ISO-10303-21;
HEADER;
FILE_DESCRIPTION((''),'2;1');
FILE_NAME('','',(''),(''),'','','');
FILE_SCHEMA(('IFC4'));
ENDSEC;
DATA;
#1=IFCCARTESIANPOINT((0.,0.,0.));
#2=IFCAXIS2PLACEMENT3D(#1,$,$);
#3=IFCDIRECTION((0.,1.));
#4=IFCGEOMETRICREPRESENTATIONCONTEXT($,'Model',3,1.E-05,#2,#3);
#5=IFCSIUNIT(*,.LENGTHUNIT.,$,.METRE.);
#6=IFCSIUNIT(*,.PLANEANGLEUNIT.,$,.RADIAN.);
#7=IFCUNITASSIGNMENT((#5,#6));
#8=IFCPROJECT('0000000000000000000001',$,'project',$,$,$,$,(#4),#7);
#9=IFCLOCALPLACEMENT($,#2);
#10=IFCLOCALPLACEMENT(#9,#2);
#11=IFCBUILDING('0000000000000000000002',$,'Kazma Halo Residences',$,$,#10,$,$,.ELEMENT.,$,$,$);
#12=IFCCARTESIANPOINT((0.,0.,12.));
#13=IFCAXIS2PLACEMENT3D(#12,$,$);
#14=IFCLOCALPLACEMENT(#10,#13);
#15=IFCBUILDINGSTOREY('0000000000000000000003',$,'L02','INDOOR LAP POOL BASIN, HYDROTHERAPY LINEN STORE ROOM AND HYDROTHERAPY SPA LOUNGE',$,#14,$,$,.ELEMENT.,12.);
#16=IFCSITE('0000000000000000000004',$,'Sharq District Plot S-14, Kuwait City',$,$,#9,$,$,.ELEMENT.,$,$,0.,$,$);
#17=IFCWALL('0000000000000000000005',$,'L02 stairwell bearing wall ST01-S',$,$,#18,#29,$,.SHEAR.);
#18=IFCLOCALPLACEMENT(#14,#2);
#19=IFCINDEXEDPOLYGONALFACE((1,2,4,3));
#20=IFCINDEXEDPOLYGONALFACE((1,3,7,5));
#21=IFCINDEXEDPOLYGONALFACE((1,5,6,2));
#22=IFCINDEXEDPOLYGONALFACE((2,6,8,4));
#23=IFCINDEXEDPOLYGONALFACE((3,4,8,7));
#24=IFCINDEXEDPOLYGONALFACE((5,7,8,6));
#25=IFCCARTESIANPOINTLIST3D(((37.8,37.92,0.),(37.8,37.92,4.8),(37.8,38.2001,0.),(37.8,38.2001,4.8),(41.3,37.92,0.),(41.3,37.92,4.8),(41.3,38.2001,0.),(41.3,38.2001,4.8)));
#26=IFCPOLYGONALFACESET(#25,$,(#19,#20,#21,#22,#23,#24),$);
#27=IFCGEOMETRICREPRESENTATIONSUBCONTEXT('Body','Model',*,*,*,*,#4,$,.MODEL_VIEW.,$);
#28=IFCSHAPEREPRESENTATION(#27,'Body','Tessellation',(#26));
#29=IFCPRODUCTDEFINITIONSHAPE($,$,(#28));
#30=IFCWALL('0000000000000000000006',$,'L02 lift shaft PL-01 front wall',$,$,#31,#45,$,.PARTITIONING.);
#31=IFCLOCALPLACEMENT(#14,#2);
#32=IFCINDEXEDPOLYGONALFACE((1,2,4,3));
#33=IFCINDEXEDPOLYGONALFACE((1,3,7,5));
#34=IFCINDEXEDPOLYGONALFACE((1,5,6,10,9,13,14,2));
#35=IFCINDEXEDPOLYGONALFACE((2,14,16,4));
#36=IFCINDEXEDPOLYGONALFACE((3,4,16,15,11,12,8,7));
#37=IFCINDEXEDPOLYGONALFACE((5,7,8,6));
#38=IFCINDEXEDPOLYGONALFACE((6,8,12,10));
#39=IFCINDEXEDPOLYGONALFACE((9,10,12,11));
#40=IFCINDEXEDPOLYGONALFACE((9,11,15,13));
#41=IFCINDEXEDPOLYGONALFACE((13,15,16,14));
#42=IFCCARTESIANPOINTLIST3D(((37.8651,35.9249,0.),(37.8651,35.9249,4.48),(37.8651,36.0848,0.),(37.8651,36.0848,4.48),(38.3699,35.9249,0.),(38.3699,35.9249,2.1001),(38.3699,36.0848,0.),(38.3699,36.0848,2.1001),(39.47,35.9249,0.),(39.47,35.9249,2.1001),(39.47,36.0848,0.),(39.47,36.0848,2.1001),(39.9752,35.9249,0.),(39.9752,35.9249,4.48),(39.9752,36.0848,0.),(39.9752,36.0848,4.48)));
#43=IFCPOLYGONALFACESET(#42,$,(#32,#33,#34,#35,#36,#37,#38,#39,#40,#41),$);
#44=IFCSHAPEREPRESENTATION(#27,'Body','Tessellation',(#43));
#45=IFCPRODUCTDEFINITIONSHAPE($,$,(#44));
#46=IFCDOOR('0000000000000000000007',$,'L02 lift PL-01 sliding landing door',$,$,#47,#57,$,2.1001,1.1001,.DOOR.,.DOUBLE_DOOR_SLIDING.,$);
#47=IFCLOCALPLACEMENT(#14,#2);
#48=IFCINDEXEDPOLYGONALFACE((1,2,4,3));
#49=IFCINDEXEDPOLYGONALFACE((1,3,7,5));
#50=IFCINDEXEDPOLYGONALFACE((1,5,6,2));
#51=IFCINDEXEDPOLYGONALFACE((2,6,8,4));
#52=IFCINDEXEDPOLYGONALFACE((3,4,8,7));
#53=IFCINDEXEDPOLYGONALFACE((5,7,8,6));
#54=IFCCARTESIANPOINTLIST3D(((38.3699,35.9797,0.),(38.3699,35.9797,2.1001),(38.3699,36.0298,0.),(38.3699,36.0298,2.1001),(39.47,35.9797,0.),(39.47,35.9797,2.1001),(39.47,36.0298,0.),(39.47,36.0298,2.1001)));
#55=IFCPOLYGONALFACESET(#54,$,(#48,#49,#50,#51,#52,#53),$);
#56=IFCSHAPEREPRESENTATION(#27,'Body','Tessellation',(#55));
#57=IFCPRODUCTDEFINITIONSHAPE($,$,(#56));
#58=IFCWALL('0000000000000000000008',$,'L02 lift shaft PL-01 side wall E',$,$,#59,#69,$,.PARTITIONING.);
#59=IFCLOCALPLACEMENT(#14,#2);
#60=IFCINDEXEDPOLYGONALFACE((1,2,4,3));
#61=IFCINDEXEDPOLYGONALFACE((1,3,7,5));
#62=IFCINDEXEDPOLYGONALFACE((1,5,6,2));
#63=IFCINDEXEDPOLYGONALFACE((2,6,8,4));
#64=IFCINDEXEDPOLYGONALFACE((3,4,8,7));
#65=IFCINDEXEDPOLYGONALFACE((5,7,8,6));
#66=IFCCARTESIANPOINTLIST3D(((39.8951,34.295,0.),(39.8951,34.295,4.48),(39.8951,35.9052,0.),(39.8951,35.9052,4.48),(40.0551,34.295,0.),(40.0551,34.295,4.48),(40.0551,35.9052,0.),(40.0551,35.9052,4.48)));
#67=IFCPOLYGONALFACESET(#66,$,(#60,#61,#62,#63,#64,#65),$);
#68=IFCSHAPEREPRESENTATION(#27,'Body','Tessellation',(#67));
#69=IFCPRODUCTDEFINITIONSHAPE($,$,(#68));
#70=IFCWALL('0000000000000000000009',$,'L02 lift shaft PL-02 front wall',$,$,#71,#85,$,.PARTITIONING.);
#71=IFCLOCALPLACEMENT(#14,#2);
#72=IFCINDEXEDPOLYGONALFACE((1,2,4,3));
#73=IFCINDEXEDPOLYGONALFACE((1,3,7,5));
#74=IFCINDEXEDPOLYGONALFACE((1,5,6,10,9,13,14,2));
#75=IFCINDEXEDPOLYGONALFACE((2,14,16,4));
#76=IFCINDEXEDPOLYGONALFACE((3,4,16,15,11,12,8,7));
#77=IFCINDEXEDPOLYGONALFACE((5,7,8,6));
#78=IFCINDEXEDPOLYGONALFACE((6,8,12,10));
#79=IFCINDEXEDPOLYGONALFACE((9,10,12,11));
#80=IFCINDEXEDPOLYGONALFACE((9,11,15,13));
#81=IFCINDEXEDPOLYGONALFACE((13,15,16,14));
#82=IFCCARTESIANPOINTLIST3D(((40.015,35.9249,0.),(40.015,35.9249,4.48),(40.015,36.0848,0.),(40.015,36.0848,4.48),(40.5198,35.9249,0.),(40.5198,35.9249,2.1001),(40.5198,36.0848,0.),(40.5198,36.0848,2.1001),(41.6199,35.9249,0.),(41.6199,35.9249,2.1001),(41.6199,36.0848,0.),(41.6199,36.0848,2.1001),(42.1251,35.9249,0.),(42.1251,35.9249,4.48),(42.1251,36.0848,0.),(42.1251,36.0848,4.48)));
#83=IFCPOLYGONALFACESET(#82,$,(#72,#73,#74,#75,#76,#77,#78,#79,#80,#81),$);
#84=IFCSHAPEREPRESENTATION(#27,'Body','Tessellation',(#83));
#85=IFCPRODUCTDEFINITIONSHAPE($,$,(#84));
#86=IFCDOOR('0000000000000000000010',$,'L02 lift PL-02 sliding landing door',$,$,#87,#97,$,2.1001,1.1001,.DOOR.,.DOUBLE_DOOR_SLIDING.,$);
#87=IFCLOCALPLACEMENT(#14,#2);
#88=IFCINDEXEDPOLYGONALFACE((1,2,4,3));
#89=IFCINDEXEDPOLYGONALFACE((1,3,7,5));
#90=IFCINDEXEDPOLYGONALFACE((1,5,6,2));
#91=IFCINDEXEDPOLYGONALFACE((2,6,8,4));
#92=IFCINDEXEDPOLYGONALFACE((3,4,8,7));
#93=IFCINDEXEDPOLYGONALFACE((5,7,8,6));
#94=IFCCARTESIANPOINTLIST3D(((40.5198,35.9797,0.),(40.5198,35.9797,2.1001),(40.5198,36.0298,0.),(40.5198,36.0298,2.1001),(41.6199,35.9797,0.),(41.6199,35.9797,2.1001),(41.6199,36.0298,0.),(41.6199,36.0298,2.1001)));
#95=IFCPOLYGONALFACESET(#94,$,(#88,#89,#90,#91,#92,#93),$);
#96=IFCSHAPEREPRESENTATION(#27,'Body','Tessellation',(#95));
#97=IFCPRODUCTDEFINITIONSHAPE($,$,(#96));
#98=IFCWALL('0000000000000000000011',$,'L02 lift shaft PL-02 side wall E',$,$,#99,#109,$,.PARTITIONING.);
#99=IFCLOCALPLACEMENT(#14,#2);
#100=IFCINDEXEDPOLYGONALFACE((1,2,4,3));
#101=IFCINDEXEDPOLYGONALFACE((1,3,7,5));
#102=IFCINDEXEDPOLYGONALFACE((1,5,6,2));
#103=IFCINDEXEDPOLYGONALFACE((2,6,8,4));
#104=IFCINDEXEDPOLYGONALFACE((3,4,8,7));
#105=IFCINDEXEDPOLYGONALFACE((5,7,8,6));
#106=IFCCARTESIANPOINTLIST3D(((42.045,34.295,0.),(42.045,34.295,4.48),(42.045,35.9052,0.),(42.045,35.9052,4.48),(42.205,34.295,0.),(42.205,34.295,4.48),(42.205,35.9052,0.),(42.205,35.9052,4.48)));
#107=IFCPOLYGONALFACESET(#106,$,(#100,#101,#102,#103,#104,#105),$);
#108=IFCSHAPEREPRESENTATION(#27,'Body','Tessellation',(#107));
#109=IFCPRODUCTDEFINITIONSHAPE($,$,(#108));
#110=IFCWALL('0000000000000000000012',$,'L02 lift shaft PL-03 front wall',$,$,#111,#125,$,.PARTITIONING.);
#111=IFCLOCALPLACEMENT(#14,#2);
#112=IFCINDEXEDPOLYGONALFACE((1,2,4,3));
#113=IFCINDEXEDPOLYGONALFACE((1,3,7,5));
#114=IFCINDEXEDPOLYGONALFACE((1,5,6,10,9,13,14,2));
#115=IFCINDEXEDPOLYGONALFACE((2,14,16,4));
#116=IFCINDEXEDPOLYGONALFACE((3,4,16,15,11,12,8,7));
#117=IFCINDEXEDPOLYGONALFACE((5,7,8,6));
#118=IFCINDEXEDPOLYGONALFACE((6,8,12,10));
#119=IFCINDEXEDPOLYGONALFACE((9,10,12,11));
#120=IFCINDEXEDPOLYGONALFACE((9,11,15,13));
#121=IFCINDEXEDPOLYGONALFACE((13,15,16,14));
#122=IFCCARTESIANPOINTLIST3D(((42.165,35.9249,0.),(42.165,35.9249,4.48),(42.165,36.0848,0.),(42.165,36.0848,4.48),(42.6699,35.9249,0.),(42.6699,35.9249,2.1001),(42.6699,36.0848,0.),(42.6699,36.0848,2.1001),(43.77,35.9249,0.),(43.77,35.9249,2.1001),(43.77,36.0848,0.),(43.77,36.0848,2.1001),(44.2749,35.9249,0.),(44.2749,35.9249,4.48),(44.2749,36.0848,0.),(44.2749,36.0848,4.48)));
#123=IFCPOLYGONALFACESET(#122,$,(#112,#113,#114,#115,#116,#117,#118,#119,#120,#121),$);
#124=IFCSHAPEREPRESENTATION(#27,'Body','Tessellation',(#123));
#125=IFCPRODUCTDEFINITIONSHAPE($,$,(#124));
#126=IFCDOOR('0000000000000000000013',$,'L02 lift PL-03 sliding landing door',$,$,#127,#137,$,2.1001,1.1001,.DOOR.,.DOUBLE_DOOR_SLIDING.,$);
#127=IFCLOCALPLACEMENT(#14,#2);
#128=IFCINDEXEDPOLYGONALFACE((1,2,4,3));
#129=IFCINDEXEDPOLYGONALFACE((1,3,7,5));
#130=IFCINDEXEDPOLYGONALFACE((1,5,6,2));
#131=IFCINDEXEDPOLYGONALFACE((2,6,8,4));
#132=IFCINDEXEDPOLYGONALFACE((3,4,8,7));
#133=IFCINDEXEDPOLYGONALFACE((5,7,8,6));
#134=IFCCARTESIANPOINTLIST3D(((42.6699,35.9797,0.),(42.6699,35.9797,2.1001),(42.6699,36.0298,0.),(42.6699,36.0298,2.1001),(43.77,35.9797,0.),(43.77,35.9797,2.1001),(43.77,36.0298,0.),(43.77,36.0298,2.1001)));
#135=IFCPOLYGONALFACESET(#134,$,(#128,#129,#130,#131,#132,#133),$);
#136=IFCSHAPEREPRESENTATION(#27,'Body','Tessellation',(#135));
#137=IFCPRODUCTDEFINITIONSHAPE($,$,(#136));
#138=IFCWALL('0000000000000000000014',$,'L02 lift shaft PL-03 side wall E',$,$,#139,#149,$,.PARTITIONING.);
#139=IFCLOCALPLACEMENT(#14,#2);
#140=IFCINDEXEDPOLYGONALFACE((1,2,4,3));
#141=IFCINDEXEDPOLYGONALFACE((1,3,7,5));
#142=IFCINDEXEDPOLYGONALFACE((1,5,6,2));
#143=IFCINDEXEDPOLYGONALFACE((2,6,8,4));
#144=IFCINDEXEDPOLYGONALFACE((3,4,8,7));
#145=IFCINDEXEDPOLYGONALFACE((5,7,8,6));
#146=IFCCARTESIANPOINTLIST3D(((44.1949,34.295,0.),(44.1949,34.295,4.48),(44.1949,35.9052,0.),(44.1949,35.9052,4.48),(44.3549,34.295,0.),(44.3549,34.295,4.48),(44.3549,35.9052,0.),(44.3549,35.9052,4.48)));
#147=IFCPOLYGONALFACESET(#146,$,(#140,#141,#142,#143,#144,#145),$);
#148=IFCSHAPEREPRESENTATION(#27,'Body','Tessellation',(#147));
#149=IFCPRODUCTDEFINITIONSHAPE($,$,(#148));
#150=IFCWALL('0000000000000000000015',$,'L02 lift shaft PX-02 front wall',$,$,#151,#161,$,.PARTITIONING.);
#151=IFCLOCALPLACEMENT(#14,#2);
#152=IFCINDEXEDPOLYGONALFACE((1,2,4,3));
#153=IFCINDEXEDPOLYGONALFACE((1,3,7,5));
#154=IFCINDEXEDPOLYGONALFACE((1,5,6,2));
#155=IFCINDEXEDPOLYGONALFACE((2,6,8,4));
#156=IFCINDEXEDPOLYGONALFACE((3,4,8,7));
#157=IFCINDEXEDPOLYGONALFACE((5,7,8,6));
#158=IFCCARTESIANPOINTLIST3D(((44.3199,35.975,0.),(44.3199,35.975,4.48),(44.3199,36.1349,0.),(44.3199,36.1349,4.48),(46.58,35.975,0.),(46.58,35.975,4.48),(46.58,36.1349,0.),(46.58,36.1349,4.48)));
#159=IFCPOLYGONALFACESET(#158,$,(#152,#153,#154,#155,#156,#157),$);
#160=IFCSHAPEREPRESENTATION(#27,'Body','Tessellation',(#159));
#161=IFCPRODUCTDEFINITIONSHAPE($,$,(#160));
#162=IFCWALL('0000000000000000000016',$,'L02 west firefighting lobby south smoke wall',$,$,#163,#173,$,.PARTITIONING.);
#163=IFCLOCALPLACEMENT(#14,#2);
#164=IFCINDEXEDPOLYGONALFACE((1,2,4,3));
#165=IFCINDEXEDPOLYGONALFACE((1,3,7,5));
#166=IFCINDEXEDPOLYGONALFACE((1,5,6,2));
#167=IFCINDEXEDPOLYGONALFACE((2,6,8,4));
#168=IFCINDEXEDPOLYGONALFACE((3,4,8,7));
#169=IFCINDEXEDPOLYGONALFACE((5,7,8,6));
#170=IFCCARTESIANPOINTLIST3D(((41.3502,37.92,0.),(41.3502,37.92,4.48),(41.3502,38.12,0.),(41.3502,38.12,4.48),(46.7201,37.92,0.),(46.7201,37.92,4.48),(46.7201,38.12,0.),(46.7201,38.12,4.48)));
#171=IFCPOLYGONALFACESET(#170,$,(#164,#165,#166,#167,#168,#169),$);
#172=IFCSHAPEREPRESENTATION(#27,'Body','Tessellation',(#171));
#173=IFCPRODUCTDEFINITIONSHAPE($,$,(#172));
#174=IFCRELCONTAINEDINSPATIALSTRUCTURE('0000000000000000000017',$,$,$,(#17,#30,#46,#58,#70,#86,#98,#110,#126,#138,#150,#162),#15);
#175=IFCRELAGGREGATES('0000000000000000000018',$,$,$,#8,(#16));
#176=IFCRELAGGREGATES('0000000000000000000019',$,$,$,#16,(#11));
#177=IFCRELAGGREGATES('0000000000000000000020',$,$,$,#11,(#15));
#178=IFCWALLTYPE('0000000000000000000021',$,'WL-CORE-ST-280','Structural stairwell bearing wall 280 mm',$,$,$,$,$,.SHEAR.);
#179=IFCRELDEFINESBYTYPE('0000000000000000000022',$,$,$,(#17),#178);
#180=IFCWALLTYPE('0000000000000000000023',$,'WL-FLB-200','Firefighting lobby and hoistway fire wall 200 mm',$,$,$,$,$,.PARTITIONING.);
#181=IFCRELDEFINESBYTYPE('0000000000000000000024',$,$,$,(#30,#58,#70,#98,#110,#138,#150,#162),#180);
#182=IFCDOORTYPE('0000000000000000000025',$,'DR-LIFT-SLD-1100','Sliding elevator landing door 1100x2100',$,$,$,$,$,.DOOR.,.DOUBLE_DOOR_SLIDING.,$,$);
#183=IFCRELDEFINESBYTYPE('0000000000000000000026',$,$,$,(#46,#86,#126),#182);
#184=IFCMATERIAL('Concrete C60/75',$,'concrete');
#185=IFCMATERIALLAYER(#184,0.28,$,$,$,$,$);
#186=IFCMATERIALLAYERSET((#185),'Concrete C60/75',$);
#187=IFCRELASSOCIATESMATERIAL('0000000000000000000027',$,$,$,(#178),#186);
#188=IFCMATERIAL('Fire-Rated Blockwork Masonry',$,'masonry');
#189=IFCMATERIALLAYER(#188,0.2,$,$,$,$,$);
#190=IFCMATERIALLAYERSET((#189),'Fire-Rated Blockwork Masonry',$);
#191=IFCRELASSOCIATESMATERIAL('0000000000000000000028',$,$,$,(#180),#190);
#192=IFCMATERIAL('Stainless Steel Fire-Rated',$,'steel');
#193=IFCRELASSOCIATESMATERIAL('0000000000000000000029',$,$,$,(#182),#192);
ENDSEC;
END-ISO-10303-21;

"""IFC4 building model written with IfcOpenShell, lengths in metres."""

from ifc_helpers import new_model, si_unit, direction, frame, frame_2d, origin, place, context, subcontext, project, spatial, rectangle, extrude, material, layer, layer_set, type_object, element, fill, save


model = new_model("IFC4")

# Units and contexts
model_context = context("Model", 3, precision=1e-05, world=origin(), true_north=direction((0.0, 1.0)))
body_context = subcontext(model_context, "Body", "Model", "MODEL_VIEW")
ifc_project = project(units=[si_unit("LENGTHUNIT", "METRE"), si_unit("PLANEANGLEUNIT", "RADIAN")], contexts=[model_context])

# Site, building, storey
site_placement = place(None, origin())
site = spatial("IfcSite", under=ifc_project, at=site_placement, Name="Sharq District Plot S-14, Kuwait City", CompositionType="ELEMENT", RefElevation=0.0)
building_placement = place(site_placement, origin())
building = spatial("IfcBuilding", under=site, at=building_placement, Name="Kazma Halo Residences", CompositionType="ELEMENT")
storey_placement = place(building_placement, frame((0.0, 0.0, 12.0)))
storey = spatial("IfcBuildingStorey", under=building, at=storey_placement, Name="L02", Description="INDOOR LAP POOL BASIN, HYDROTHERAPY LINEN STORE ROOM AND HYDROTHERAPY SPA LOUNGE", CompositionType="ELEMENT", Elevation=12.0)

# Wall
ifc_material_1 = material(Name="Concrete C60/75", Category="concrete")
ifc_layer_1 = layer(ifc_material_1, 0.28)
ifc_layer_set_1 = layer_set([ifc_layer_1], Name="Concrete C60/75")
wall_type_1 = type_object("IfcWallType", Name="WL-CORE-ST-280", Description="Structural stairwell bearing wall 280 mm", PredefinedType="SHEAR", material=ifc_layer_set_1)
wall_1_placement = place(storey_placement, frame((37.8, 38.0601, 0.0), z_axis=(0.0, 0.0, 1.0), x_axis=(1.0, 0.0, 0.0)))
element("IfcWall", 1, at=wall_1_placement, inside=storey, type_object=wall_type_1, Name="L02 stairwell bearing wall ST01-S", PredefinedType="SHEAR", context=body_context, shape_type="SweptSolid", body=[
    extrude(rectangle(XDim=3.5, YDim=0.28, at=frame_2d((1.75, 0.0))), origin(), (0.0, 0.0, 1.0), 4.8),
])

# Wall, opening, door
ifc_material_2 = material(Name="Fire-Rated Blockwork Masonry", Category="masonry")
ifc_layer_2 = layer(ifc_material_2, 0.2)
ifc_layer_set_2 = layer_set([ifc_layer_2], Name="Fire-Rated Blockwork Masonry")
wall_type_2 = type_object("IfcWallType", Name="WL-FLB-200", Description="Firefighting lobby and hoistway fire wall 200 mm", PredefinedType="PARTITIONING", material=ifc_layer_set_2)
wall_2_placement = place(storey_placement, frame((37.865, 36.0049, 0.0), z_axis=(0.0, 0.0, 1.0), x_axis=(1.0, 0.0, 0.0)))
wall_2 = element("IfcWall", 2, at=wall_2_placement, inside=storey, type_object=wall_type_2, Name="L02 lift shaft PL-01 front wall", PredefinedType="PARTITIONING", context=body_context, shape_type="SweptSolid", body=[
    extrude(rectangle(XDim=2.1101, YDim=0.1599, at=frame_2d((1.0552, 0.0))), origin(), (0.0, 0.0, 1.0), 4.48),
])
opening_1_placement = place(wall_2_placement, frame((0.5049, 0.0, 0.0)))
opening_1 = element("IfcOpeningElement", 3, at=opening_1_placement, cuts=wall_2, PredefinedType="OPENING", context=body_context, shape_type="SweptSolid", body=[
    extrude(rectangle(XDim=1.1001, YDim=2.1001, at=frame_2d((0.55, 1.05))), frame((0.0, 0.0898, 0.0), z_axis=(0.0, -1.0, 0.0), x_axis=(1.0, 0.0, 0.0)), (0.0, 0.0, 1.0), 0.1799),
])
ifc_material_3 = material(Name="Stainless Steel Fire-Rated", Category="steel")
door_type_1 = type_object("IfcDoorType", Name="DR-LIFT-SLD-1100", Description="Sliding elevator landing door 1100x2100", OperationType="DOUBLE_DOOR_SLIDING", PredefinedType="DOOR", material=ifc_material_3)
door_1_placement = place(opening_1_placement, origin())
door_1 = element("IfcDoor", 4, at=door_1_placement, inside=storey, type_object=door_type_1, Name="L02 lift PL-01 sliding landing door", OperationType="DOUBLE_DOOR_SLIDING", OverallHeight=2.1001, OverallWidth=1.1001, PredefinedType="DOOR", context=body_context, shape_type="SweptSolid", body=[
    extrude(rectangle(XDim=1.1001, YDim=2.1001, at=frame_2d((0.55, 1.05))), frame((0.0, 0.0249, 0.0), z_axis=(0.0, -1.0, 0.0), x_axis=(1.0, 0.0, 0.0)), (0.0, 0.0, 1.0), 0.05),
])
fill(opening_1, door_1)

# Wall
wall_3_placement = place(storey_placement, frame((39.9751, 34.2949, 0.0), z_axis=(0.0, 0.0, 1.0), x_axis=(0.0, 1.0, 0.0)))
element("IfcWall", 5, at=wall_3_placement, inside=storey, type_object=wall_type_2, Name="L02 lift shaft PL-01 side wall E", PredefinedType="PARTITIONING", context=body_context, shape_type="SweptSolid", body=[
    extrude(rectangle(XDim=1.6101, YDim=0.1599, at=frame_2d((0.8052, 0.0))), origin(), (0.0, 0.0, 1.0), 4.48),
])

# Wall, opening, door
wall_4_placement = place(storey_placement, frame((40.0149, 36.0049, 0.0), z_axis=(0.0, 0.0, 1.0), x_axis=(1.0, 0.0, 0.0)))
wall_4 = element("IfcWall", 6, at=wall_4_placement, inside=storey, type_object=wall_type_2, Name="L02 lift shaft PL-02 front wall", PredefinedType="PARTITIONING", context=body_context, shape_type="SweptSolid", body=[
    extrude(rectangle(XDim=2.1101, YDim=0.1599, at=frame_2d((1.0552, 0.0))), origin(), (0.0, 0.0, 1.0), 4.48),
])
opening_2_placement = place(wall_4_placement, frame((0.5049, 0.0, 0.0)))
opening_2 = element("IfcOpeningElement", 7, at=opening_2_placement, cuts=wall_4, PredefinedType="OPENING", context=body_context, shape_type="SweptSolid", body=[
    extrude(rectangle(XDim=1.1001, YDim=2.1001, at=frame_2d((0.55, 1.05))), frame((0.0, 0.0898, 0.0), z_axis=(0.0, -1.0, 0.0), x_axis=(1.0, 0.0, 0.0)), (0.0, 0.0, 1.0), 0.1799),
])
door_2_placement = place(opening_2_placement, origin())
door_2 = element("IfcDoor", 8, at=door_2_placement, inside=storey, type_object=door_type_1, Name="L02 lift PL-02 sliding landing door", OperationType="DOUBLE_DOOR_SLIDING", OverallHeight=2.1001, OverallWidth=1.1001, PredefinedType="DOOR", context=body_context, shape_type="SweptSolid", body=[
    extrude(rectangle(XDim=1.1001, YDim=2.1001, at=frame_2d((0.55, 1.05))), frame((0.0, 0.0249, 0.0), z_axis=(0.0, -1.0, 0.0), x_axis=(1.0, 0.0, 0.0)), (0.0, 0.0, 1.0), 0.05),
])
fill(opening_2, door_2)

# Wall
wall_5_placement = place(storey_placement, frame((42.125, 34.2949, 0.0), z_axis=(0.0, 0.0, 1.0), x_axis=(0.0, 1.0, 0.0)))
element("IfcWall", 9, at=wall_5_placement, inside=storey, type_object=wall_type_2, Name="L02 lift shaft PL-02 side wall E", PredefinedType="PARTITIONING", context=body_context, shape_type="SweptSolid", body=[
    extrude(rectangle(XDim=1.6101, YDim=0.1599, at=frame_2d((0.8052, 0.0))), origin(), (0.0, 0.0, 1.0), 4.48),
])

# Wall, opening, door
wall_6_placement = place(storey_placement, frame((42.165, 36.0049, 0.0), z_axis=(0.0, 0.0, 1.0), x_axis=(1.0, 0.0, 0.0)))
wall_6 = element("IfcWall", 10, at=wall_6_placement, inside=storey, type_object=wall_type_2, Name="L02 lift shaft PL-03 front wall", PredefinedType="PARTITIONING", context=body_context, shape_type="SweptSolid", body=[
    extrude(rectangle(XDim=2.1099, YDim=0.1599, at=frame_2d((1.0549, 0.0))), origin(), (0.0, 0.0, 1.0), 4.48),
])
opening_3_placement = place(wall_6_placement, frame((0.5049, 0.0, 0.0)))
opening_3 = element("IfcOpeningElement", 11, at=opening_3_placement, cuts=wall_6, PredefinedType="OPENING", context=body_context, shape_type="SweptSolid", body=[
    extrude(rectangle(XDim=1.1001, YDim=2.1001, at=frame_2d((0.55, 1.05))), frame((0.0, 0.0898, 0.0), z_axis=(0.0, -1.0, 0.0), x_axis=(1.0, 0.0, 0.0)), (0.0, 0.0, 1.0), 0.1799),
])
door_3_placement = place(opening_3_placement, origin())
door_3 = element("IfcDoor", 12, at=door_3_placement, inside=storey, type_object=door_type_1, Name="L02 lift PL-03 sliding landing door", OperationType="DOUBLE_DOOR_SLIDING", OverallHeight=2.1001, OverallWidth=1.1001, PredefinedType="DOOR", context=body_context, shape_type="SweptSolid", body=[
    extrude(rectangle(XDim=1.1001, YDim=2.1001, at=frame_2d((0.55, 1.05))), frame((0.0, 0.0249, 0.0), z_axis=(0.0, -1.0, 0.0), x_axis=(1.0, 0.0, 0.0)), (0.0, 0.0, 1.0), 0.05),
])
fill(opening_3, door_3)

# Walls
wall_7_placement = place(storey_placement, frame((44.2749, 34.2949, 0.0), z_axis=(0.0, 0.0, 1.0), x_axis=(0.0, 1.0, 0.0)))
element("IfcWall", 13, at=wall_7_placement, inside=storey, type_object=wall_type_2, Name="L02 lift shaft PL-03 side wall E", PredefinedType="PARTITIONING", context=body_context, shape_type="SweptSolid", body=[
    extrude(rectangle(XDim=1.6101, YDim=0.1599, at=frame_2d((0.8052, 0.0))), origin(), (0.0, 0.0, 1.0), 4.48),
])
wall_8_placement = place(storey_placement, frame((44.3201, 36.0549, 0.0), z_axis=(0.0, 0.0, 1.0), x_axis=(1.0, 0.0, 0.0)))
element("IfcWall", 14, at=wall_8_placement, inside=storey, type_object=wall_type_2, Name="L02 lift shaft PX-02 front wall", PredefinedType="PARTITIONING", context=body_context, shape_type="SweptSolid", body=[
    extrude(rectangle(XDim=2.26, YDim=0.1599, at=frame_2d((1.1299, 0.0))), origin(), (0.0, 0.0, 1.0), 4.48),
])
wall_9_placement = place(storey_placement, frame((41.3501, 38.02, 0.0), z_axis=(0.0, 0.0, 1.0), x_axis=(1.0, 0.0, 0.0)))
element("IfcWall", 15, at=wall_9_placement, inside=storey, type_object=wall_type_2, Name="L02 west firefighting lobby south smoke wall", PredefinedType="PARTITIONING", context=body_context, shape_type="SweptSolid", body=[
    extrude(rectangle(XDim=5.3699, YDim=0.2, at=frame_2d((2.6851, 0.0))), origin(), (0.0, 0.0, 1.0), 4.48),
])

save(model, "model.ifc")
